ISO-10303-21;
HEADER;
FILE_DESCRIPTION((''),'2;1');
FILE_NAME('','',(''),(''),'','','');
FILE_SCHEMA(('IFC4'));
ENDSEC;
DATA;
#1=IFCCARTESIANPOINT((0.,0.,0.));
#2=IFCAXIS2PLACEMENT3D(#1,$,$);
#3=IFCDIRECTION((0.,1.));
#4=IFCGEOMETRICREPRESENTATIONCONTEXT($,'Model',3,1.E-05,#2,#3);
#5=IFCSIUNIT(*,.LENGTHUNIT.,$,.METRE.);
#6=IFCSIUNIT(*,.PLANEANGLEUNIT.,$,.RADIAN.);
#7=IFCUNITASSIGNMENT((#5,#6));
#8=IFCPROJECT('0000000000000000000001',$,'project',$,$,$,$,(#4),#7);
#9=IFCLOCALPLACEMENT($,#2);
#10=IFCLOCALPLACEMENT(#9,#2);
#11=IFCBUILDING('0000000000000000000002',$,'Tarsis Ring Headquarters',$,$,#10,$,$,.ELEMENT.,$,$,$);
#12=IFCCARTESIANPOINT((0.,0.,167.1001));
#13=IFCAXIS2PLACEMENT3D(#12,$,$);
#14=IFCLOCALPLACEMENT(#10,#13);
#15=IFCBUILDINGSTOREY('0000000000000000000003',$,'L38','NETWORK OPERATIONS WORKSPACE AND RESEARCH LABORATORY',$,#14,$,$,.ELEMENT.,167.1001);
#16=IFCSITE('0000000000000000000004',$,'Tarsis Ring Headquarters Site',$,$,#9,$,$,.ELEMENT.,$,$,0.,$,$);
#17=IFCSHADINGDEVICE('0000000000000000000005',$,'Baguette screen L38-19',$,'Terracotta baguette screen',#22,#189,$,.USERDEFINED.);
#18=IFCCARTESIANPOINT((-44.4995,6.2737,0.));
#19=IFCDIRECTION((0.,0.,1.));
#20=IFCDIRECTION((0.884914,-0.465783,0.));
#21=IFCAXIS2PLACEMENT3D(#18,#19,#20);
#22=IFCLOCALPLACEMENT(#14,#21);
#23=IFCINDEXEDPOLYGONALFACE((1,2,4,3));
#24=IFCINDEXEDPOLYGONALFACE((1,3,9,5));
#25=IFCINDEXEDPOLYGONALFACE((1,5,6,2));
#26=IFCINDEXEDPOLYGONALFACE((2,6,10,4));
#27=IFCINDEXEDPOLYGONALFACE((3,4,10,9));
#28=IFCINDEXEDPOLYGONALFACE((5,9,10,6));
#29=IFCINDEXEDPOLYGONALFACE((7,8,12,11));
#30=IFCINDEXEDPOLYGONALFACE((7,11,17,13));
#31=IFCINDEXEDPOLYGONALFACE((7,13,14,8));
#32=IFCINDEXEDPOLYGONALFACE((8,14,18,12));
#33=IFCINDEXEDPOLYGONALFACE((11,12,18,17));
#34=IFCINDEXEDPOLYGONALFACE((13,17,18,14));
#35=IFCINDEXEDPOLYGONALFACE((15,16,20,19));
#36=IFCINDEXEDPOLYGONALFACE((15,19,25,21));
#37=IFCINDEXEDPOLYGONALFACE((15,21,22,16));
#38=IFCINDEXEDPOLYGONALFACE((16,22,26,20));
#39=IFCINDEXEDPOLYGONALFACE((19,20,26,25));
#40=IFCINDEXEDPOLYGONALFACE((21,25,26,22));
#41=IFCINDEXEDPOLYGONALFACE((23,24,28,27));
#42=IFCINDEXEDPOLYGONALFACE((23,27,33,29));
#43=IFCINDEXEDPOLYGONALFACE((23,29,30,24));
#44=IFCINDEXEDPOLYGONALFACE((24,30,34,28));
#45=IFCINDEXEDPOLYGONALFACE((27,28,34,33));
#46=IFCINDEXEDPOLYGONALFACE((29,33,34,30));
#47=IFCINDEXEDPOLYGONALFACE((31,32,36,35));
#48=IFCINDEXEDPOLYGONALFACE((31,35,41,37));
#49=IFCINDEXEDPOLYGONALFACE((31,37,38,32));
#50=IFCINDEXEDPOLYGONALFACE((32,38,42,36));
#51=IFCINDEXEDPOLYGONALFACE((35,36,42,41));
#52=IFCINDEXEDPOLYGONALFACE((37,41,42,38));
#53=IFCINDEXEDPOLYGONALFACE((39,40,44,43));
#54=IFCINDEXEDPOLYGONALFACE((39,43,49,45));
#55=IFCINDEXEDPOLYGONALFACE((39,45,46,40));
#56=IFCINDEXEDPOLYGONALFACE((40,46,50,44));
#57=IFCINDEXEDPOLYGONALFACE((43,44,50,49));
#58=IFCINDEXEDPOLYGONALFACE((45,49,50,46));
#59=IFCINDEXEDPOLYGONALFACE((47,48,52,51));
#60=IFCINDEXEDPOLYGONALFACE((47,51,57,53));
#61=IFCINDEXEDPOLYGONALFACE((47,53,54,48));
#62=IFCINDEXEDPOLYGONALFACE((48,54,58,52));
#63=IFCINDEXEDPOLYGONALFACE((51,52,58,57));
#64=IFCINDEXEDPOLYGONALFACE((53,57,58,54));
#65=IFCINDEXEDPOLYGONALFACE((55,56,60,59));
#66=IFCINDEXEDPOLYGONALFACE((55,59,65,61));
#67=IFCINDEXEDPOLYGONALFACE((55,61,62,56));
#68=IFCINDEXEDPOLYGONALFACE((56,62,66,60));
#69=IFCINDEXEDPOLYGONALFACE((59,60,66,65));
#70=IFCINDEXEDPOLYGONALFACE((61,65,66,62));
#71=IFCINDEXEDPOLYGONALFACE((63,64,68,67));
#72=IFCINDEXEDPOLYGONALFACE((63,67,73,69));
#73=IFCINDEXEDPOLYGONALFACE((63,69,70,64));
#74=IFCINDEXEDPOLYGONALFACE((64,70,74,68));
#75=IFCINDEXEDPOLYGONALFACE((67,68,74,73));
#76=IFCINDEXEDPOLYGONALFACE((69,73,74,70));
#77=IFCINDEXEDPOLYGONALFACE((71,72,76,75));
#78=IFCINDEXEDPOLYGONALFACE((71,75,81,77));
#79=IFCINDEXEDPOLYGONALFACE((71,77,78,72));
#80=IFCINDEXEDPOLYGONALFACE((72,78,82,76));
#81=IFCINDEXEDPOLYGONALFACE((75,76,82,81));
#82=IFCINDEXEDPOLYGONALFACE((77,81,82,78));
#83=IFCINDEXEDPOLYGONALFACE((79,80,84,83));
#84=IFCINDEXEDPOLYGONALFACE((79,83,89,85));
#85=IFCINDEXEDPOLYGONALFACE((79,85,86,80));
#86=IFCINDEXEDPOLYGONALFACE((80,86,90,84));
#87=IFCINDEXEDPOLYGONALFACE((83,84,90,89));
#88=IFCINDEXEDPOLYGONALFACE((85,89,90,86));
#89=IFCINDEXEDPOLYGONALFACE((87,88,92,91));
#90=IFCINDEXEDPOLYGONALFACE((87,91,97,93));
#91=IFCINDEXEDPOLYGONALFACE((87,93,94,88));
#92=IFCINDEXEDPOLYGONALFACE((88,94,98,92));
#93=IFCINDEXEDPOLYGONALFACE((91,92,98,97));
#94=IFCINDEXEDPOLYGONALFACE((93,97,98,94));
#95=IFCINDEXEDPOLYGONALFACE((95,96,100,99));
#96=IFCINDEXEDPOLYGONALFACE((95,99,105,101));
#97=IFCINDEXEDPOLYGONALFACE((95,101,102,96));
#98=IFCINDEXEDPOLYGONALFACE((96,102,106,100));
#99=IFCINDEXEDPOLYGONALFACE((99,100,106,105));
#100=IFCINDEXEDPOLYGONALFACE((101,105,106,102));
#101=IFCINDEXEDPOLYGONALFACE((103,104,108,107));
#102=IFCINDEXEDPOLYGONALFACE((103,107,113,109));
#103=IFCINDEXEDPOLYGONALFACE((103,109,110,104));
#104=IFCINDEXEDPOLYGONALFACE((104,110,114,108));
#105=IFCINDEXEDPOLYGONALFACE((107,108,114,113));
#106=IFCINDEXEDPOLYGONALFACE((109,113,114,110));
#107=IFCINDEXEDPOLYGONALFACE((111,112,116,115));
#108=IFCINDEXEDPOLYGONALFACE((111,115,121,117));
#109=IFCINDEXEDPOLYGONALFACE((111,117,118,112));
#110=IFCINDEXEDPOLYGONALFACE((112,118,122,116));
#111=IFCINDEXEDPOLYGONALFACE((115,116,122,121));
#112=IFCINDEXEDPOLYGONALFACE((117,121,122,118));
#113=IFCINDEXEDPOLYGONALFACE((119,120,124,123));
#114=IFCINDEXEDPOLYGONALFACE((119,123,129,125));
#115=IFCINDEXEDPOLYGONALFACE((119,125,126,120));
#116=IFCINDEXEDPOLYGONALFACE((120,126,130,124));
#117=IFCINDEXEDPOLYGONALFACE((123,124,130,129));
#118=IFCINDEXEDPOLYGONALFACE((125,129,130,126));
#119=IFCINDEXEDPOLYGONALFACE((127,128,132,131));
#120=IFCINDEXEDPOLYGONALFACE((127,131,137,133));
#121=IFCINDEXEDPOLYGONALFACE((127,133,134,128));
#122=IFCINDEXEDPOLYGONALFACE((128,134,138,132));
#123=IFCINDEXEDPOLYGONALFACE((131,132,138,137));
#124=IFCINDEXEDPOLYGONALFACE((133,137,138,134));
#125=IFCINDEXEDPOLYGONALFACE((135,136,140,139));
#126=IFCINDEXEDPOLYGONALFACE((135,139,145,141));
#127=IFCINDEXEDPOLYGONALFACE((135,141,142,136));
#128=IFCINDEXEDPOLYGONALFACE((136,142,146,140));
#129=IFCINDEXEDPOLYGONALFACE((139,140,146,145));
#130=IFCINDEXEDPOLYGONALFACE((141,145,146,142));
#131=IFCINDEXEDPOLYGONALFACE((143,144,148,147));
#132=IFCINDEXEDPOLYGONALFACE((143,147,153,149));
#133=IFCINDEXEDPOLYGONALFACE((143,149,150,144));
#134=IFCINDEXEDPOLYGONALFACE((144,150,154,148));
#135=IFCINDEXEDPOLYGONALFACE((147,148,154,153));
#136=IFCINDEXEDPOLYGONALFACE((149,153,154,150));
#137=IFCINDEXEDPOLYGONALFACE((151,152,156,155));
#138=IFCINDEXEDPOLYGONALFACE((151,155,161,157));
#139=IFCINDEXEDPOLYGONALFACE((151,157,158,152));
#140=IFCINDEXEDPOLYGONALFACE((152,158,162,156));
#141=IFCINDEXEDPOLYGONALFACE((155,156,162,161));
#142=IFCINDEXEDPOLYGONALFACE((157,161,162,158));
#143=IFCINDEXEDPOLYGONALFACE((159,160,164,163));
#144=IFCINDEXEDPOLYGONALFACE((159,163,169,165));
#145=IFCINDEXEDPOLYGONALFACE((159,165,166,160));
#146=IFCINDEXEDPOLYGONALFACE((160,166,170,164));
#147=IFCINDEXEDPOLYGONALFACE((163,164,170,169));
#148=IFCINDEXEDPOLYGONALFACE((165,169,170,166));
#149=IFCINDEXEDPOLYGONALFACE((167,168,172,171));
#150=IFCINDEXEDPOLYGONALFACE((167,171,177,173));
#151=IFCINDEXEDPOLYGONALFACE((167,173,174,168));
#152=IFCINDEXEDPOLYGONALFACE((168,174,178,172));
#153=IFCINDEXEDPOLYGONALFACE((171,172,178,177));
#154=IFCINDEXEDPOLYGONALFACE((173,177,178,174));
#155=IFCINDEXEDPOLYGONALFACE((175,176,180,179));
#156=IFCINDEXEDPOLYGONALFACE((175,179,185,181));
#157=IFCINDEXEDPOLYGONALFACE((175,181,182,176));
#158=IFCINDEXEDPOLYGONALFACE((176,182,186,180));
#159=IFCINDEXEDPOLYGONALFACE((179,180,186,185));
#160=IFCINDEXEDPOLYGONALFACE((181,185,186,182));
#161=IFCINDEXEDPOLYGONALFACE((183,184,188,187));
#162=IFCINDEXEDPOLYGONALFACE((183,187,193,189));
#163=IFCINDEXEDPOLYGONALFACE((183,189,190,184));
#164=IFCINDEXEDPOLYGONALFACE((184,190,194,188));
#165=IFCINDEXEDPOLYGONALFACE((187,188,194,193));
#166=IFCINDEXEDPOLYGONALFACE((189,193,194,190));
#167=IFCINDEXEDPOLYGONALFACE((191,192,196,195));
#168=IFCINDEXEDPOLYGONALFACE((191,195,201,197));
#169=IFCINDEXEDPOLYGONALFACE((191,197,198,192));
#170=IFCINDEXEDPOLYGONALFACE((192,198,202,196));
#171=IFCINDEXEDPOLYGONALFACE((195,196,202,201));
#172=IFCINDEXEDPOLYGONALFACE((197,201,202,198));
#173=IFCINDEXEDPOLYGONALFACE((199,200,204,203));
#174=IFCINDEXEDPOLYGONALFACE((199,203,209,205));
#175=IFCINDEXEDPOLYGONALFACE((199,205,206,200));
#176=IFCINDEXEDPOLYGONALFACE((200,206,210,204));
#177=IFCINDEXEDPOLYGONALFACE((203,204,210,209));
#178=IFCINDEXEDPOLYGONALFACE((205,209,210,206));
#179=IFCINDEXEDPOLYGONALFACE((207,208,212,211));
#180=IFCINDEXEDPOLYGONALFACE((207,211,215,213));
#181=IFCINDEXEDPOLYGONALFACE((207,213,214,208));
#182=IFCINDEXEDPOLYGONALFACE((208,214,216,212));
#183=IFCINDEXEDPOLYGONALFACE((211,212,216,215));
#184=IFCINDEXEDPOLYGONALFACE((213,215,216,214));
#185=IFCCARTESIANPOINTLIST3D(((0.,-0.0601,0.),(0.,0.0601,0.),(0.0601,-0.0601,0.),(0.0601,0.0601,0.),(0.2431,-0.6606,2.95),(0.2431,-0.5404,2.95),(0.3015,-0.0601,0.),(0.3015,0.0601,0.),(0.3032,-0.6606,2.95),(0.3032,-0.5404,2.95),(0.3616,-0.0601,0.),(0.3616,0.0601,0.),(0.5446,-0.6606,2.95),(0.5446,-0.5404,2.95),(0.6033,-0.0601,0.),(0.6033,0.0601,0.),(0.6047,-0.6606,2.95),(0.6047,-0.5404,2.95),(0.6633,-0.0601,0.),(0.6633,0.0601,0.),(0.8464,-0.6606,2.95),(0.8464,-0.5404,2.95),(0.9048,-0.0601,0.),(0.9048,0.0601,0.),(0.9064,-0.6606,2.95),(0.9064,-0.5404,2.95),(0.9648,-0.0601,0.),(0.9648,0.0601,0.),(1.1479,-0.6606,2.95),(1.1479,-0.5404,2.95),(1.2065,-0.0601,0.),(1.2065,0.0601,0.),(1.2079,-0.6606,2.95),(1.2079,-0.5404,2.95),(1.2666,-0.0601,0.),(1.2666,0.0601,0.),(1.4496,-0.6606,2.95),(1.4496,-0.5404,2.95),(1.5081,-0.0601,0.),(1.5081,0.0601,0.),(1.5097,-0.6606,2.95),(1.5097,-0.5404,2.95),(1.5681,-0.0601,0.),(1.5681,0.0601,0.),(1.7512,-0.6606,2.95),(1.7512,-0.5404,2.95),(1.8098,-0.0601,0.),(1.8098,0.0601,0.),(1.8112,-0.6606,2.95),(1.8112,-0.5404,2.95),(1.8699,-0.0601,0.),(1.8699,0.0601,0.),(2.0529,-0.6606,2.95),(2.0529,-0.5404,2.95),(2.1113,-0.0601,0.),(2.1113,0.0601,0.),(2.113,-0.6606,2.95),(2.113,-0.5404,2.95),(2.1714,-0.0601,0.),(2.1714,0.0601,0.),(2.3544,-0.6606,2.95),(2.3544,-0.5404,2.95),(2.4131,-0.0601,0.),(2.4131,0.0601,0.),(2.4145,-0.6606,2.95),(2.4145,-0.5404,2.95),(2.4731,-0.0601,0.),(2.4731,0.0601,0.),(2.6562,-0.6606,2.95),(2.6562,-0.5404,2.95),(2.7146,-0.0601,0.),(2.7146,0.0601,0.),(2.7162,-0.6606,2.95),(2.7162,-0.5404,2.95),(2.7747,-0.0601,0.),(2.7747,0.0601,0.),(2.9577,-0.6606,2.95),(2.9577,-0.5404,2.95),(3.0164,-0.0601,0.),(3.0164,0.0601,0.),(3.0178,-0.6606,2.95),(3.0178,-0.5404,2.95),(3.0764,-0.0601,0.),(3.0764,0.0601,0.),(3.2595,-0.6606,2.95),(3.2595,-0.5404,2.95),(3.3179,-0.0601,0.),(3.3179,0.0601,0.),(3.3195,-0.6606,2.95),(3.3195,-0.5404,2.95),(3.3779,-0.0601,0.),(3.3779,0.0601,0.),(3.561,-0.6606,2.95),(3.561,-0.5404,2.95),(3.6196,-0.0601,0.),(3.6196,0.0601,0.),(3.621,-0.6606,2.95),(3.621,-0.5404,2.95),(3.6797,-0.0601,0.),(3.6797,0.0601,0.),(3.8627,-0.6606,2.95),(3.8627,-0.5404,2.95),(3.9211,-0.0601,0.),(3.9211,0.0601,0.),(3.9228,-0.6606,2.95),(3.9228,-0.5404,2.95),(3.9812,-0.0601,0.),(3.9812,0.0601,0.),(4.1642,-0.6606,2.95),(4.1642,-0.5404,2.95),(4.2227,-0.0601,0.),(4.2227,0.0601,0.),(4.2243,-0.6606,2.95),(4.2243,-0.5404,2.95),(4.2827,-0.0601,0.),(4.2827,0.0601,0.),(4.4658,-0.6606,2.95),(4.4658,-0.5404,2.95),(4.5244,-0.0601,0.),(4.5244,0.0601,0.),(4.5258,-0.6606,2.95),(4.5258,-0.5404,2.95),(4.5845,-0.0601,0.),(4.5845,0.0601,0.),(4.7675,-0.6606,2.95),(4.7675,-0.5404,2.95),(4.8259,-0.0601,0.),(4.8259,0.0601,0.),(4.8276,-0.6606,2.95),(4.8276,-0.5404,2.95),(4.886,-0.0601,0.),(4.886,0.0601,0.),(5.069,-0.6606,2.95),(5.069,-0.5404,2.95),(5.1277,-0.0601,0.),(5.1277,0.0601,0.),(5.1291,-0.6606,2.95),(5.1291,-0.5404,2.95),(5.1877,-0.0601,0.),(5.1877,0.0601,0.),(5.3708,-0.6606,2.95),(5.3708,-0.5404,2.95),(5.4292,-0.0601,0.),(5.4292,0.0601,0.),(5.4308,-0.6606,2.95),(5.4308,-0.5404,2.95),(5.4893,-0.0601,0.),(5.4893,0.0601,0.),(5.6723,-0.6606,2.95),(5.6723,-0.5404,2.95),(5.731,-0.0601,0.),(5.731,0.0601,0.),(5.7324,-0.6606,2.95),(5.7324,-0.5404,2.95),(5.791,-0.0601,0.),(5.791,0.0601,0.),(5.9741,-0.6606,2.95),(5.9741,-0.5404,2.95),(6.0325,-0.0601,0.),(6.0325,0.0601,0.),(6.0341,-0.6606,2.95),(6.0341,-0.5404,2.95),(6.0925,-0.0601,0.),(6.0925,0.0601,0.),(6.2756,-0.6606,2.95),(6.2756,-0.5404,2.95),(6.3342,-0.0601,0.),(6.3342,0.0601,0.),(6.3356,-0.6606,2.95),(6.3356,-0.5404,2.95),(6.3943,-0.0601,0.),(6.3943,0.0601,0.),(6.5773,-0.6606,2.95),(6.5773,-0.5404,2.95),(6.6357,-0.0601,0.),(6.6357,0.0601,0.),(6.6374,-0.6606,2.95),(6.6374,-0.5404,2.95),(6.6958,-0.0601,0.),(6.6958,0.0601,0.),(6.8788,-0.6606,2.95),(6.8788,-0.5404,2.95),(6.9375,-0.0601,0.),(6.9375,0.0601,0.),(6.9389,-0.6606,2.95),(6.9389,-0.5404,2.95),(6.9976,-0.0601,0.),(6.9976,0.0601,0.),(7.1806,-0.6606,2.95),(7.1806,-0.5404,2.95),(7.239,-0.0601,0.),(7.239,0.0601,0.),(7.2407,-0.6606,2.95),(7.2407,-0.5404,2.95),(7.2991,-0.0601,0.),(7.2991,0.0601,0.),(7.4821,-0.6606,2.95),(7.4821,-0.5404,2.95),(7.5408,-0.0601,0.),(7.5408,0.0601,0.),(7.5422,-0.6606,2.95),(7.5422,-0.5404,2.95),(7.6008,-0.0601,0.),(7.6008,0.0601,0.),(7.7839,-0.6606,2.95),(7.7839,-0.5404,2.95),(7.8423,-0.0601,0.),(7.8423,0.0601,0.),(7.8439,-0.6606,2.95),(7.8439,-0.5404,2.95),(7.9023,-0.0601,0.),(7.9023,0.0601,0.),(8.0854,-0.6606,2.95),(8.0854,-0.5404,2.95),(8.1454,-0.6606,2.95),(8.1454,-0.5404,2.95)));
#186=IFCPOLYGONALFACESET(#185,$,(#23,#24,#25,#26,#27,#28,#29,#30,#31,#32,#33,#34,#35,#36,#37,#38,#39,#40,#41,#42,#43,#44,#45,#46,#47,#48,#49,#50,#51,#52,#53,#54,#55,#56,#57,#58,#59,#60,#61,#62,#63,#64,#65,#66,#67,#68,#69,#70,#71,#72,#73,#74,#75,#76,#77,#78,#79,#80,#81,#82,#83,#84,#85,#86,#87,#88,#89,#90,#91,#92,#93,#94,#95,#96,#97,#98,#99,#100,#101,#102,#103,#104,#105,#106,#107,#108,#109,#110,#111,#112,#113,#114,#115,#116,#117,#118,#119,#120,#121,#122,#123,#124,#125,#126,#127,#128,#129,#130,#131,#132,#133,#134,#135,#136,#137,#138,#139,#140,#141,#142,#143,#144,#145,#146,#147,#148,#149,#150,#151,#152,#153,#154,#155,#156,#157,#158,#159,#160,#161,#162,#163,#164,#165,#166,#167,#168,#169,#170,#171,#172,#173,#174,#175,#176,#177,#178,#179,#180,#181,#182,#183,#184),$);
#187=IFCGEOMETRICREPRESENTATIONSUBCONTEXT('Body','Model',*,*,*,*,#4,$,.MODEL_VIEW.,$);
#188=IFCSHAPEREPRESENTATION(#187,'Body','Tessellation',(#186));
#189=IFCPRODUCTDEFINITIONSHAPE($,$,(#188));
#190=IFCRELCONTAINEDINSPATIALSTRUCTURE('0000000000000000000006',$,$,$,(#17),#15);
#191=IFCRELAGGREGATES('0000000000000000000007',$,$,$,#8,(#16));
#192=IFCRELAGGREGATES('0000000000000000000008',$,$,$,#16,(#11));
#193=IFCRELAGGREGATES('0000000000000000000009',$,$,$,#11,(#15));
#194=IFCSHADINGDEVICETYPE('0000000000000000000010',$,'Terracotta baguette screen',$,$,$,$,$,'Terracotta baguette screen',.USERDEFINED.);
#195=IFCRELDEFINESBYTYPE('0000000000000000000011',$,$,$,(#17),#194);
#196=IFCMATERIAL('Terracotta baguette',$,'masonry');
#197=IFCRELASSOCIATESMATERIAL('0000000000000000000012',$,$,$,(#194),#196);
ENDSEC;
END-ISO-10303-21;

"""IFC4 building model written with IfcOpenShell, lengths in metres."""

from ifc_helpers import new_model, si_unit, direction, frame, frame_2d, origin, place, context, subcontext, project, spatial, rectangle, composite_profile, extrude, material, type_object, element, save


model = new_model("IFC4")

# Units and contexts
model_context = context("Model", 3, precision=1e-05, world=origin(), true_north=direction((0.0, 1.0)))
body_context = subcontext(model_context, "Body", "Model", "MODEL_VIEW")
ifc_project = project(units=[si_unit("LENGTHUNIT", "METRE"), si_unit("PLANEANGLEUNIT", "RADIAN")], contexts=[model_context])

# Site, building, storey
site_placement = place(None, origin())
site = spatial("IfcSite", under=ifc_project, at=site_placement, Name="Tarsis Ring Headquarters Site", CompositionType="ELEMENT", RefElevation=0.0)
building_placement = place(site_placement, origin())
building = spatial("IfcBuilding", under=site, at=building_placement, Name="Tarsis Ring Headquarters", CompositionType="ELEMENT")
storey_placement = place(building_placement, frame((0.0, 0.0, 167.1001)))
storey = spatial("IfcBuildingStorey", under=building, at=storey_placement, Name="L38", Description="NETWORK OPERATIONS WORKSPACE AND RESEARCH LABORATORY", CompositionType="ELEMENT", Elevation=167.1001)

# Shading device
ifc_material_1 = material(Name="Terracotta baguette", Category="masonry")
shading_device_type_1 = type_object("IfcShadingDeviceType", Name="Terracotta baguette screen", ElementType="Terracotta baguette screen", PredefinedType="USERDEFINED", material=ifc_material_1)
shading_device_1_placement = place(storey_placement, frame((-44.4995, 6.2737, 0.0), z_axis=(0.0, 0.0, 1.0), x_axis=(0.884914, -0.465783, 0.0)))
element("IfcShadingDevice", 1, at=shading_device_1_placement, inside=storey, type_object=shading_device_type_1, Name="Baguette screen L38-19", ObjectType="Terracotta baguette screen", PredefinedType="USERDEFINED", context=body_context, shape_type="SweptSolid", body=[
    extrude(composite_profile([rectangle(XDim=0.0601, YDim=0.1201, at=frame_2d((0.03, 0.0))), rectangle(XDim=0.0601, YDim=0.1201, at=frame_2d((0.3315, 0.0))), rectangle(XDim=0.0601, YDim=0.1201, at=frame_2d((0.6333, 0.0))), rectangle(XDim=0.0601, YDim=0.1201, at=frame_2d((0.9348, 0.0))), rectangle(XDim=0.0601, YDim=0.1201, at=frame_2d((1.2366, 0.0))), rectangle(XDim=0.0601, YDim=0.1201, at=frame_2d((1.5381, 0.0))), rectangle(XDim=0.0601, YDim=0.1201, at=frame_2d((1.8398, 0.0))), rectangle(XDim=0.0601, YDim=0.1201, at=frame_2d((2.1414, 0.0))), rectangle(XDim=0.0601, YDim=0.1201, at=frame_2d((2.4431, 0.0))), rectangle(XDim=0.0601, YDim=0.1201, at=frame_2d((2.7446, 0.0))), rectangle(XDim=0.0601, YDim=0.1201, at=frame_2d((3.0464, 0.0))), rectangle(XDim=0.0601, YDim=0.1201, at=frame_2d((3.3479, 0.0))), rectangle(XDim=0.0601, YDim=0.1201, at=frame_2d((3.6497, 0.0))), rectangle(XDim=0.0601, YDim=0.1201, at=frame_2d((3.9512, 0.0))), rectangle(XDim=0.0601, YDim=0.1201, at=frame_2d((4.2527, 0.0))), rectangle(XDim=0.0601, YDim=0.1201, at=frame_2d((4.5544, 0.0))), rectangle(XDim=0.0601, YDim=0.1201, at=frame_2d((4.856, 0.0))), rectangle(XDim=0.0601, YDim=0.1201, at=frame_2d((5.1577, 0.0))), rectangle(XDim=0.0601, YDim=0.1201, at=frame_2d((5.4592, 0.0))), rectangle(XDim=0.0601, YDim=0.1201, at=frame_2d((5.761, 0.0))), rectangle(XDim=0.0601, YDim=0.1201, at=frame_2d((6.0625, 0.0))), rectangle(XDim=0.0601, YDim=0.1201, at=frame_2d((6.3643, 0.0))), rectangle(XDim=0.0601, YDim=0.1201, at=frame_2d((6.6658, 0.0))), rectangle(XDim=0.0601, YDim=0.1201, at=frame_2d((6.9675, 0.0))), rectangle(XDim=0.0601, YDim=0.1201, at=frame_2d((7.269, 0.0))), rectangle(XDim=0.0601, YDim=0.1201, at=frame_2d((7.5708, 0.0))), rectangle(XDim=0.0601, YDim=0.1201, at=frame_2d((7.8723, 0.0)))]), origin(), (0.08049, -0.198822, 0.976725), 3.0203),
])

save(model, "model.ifc")
